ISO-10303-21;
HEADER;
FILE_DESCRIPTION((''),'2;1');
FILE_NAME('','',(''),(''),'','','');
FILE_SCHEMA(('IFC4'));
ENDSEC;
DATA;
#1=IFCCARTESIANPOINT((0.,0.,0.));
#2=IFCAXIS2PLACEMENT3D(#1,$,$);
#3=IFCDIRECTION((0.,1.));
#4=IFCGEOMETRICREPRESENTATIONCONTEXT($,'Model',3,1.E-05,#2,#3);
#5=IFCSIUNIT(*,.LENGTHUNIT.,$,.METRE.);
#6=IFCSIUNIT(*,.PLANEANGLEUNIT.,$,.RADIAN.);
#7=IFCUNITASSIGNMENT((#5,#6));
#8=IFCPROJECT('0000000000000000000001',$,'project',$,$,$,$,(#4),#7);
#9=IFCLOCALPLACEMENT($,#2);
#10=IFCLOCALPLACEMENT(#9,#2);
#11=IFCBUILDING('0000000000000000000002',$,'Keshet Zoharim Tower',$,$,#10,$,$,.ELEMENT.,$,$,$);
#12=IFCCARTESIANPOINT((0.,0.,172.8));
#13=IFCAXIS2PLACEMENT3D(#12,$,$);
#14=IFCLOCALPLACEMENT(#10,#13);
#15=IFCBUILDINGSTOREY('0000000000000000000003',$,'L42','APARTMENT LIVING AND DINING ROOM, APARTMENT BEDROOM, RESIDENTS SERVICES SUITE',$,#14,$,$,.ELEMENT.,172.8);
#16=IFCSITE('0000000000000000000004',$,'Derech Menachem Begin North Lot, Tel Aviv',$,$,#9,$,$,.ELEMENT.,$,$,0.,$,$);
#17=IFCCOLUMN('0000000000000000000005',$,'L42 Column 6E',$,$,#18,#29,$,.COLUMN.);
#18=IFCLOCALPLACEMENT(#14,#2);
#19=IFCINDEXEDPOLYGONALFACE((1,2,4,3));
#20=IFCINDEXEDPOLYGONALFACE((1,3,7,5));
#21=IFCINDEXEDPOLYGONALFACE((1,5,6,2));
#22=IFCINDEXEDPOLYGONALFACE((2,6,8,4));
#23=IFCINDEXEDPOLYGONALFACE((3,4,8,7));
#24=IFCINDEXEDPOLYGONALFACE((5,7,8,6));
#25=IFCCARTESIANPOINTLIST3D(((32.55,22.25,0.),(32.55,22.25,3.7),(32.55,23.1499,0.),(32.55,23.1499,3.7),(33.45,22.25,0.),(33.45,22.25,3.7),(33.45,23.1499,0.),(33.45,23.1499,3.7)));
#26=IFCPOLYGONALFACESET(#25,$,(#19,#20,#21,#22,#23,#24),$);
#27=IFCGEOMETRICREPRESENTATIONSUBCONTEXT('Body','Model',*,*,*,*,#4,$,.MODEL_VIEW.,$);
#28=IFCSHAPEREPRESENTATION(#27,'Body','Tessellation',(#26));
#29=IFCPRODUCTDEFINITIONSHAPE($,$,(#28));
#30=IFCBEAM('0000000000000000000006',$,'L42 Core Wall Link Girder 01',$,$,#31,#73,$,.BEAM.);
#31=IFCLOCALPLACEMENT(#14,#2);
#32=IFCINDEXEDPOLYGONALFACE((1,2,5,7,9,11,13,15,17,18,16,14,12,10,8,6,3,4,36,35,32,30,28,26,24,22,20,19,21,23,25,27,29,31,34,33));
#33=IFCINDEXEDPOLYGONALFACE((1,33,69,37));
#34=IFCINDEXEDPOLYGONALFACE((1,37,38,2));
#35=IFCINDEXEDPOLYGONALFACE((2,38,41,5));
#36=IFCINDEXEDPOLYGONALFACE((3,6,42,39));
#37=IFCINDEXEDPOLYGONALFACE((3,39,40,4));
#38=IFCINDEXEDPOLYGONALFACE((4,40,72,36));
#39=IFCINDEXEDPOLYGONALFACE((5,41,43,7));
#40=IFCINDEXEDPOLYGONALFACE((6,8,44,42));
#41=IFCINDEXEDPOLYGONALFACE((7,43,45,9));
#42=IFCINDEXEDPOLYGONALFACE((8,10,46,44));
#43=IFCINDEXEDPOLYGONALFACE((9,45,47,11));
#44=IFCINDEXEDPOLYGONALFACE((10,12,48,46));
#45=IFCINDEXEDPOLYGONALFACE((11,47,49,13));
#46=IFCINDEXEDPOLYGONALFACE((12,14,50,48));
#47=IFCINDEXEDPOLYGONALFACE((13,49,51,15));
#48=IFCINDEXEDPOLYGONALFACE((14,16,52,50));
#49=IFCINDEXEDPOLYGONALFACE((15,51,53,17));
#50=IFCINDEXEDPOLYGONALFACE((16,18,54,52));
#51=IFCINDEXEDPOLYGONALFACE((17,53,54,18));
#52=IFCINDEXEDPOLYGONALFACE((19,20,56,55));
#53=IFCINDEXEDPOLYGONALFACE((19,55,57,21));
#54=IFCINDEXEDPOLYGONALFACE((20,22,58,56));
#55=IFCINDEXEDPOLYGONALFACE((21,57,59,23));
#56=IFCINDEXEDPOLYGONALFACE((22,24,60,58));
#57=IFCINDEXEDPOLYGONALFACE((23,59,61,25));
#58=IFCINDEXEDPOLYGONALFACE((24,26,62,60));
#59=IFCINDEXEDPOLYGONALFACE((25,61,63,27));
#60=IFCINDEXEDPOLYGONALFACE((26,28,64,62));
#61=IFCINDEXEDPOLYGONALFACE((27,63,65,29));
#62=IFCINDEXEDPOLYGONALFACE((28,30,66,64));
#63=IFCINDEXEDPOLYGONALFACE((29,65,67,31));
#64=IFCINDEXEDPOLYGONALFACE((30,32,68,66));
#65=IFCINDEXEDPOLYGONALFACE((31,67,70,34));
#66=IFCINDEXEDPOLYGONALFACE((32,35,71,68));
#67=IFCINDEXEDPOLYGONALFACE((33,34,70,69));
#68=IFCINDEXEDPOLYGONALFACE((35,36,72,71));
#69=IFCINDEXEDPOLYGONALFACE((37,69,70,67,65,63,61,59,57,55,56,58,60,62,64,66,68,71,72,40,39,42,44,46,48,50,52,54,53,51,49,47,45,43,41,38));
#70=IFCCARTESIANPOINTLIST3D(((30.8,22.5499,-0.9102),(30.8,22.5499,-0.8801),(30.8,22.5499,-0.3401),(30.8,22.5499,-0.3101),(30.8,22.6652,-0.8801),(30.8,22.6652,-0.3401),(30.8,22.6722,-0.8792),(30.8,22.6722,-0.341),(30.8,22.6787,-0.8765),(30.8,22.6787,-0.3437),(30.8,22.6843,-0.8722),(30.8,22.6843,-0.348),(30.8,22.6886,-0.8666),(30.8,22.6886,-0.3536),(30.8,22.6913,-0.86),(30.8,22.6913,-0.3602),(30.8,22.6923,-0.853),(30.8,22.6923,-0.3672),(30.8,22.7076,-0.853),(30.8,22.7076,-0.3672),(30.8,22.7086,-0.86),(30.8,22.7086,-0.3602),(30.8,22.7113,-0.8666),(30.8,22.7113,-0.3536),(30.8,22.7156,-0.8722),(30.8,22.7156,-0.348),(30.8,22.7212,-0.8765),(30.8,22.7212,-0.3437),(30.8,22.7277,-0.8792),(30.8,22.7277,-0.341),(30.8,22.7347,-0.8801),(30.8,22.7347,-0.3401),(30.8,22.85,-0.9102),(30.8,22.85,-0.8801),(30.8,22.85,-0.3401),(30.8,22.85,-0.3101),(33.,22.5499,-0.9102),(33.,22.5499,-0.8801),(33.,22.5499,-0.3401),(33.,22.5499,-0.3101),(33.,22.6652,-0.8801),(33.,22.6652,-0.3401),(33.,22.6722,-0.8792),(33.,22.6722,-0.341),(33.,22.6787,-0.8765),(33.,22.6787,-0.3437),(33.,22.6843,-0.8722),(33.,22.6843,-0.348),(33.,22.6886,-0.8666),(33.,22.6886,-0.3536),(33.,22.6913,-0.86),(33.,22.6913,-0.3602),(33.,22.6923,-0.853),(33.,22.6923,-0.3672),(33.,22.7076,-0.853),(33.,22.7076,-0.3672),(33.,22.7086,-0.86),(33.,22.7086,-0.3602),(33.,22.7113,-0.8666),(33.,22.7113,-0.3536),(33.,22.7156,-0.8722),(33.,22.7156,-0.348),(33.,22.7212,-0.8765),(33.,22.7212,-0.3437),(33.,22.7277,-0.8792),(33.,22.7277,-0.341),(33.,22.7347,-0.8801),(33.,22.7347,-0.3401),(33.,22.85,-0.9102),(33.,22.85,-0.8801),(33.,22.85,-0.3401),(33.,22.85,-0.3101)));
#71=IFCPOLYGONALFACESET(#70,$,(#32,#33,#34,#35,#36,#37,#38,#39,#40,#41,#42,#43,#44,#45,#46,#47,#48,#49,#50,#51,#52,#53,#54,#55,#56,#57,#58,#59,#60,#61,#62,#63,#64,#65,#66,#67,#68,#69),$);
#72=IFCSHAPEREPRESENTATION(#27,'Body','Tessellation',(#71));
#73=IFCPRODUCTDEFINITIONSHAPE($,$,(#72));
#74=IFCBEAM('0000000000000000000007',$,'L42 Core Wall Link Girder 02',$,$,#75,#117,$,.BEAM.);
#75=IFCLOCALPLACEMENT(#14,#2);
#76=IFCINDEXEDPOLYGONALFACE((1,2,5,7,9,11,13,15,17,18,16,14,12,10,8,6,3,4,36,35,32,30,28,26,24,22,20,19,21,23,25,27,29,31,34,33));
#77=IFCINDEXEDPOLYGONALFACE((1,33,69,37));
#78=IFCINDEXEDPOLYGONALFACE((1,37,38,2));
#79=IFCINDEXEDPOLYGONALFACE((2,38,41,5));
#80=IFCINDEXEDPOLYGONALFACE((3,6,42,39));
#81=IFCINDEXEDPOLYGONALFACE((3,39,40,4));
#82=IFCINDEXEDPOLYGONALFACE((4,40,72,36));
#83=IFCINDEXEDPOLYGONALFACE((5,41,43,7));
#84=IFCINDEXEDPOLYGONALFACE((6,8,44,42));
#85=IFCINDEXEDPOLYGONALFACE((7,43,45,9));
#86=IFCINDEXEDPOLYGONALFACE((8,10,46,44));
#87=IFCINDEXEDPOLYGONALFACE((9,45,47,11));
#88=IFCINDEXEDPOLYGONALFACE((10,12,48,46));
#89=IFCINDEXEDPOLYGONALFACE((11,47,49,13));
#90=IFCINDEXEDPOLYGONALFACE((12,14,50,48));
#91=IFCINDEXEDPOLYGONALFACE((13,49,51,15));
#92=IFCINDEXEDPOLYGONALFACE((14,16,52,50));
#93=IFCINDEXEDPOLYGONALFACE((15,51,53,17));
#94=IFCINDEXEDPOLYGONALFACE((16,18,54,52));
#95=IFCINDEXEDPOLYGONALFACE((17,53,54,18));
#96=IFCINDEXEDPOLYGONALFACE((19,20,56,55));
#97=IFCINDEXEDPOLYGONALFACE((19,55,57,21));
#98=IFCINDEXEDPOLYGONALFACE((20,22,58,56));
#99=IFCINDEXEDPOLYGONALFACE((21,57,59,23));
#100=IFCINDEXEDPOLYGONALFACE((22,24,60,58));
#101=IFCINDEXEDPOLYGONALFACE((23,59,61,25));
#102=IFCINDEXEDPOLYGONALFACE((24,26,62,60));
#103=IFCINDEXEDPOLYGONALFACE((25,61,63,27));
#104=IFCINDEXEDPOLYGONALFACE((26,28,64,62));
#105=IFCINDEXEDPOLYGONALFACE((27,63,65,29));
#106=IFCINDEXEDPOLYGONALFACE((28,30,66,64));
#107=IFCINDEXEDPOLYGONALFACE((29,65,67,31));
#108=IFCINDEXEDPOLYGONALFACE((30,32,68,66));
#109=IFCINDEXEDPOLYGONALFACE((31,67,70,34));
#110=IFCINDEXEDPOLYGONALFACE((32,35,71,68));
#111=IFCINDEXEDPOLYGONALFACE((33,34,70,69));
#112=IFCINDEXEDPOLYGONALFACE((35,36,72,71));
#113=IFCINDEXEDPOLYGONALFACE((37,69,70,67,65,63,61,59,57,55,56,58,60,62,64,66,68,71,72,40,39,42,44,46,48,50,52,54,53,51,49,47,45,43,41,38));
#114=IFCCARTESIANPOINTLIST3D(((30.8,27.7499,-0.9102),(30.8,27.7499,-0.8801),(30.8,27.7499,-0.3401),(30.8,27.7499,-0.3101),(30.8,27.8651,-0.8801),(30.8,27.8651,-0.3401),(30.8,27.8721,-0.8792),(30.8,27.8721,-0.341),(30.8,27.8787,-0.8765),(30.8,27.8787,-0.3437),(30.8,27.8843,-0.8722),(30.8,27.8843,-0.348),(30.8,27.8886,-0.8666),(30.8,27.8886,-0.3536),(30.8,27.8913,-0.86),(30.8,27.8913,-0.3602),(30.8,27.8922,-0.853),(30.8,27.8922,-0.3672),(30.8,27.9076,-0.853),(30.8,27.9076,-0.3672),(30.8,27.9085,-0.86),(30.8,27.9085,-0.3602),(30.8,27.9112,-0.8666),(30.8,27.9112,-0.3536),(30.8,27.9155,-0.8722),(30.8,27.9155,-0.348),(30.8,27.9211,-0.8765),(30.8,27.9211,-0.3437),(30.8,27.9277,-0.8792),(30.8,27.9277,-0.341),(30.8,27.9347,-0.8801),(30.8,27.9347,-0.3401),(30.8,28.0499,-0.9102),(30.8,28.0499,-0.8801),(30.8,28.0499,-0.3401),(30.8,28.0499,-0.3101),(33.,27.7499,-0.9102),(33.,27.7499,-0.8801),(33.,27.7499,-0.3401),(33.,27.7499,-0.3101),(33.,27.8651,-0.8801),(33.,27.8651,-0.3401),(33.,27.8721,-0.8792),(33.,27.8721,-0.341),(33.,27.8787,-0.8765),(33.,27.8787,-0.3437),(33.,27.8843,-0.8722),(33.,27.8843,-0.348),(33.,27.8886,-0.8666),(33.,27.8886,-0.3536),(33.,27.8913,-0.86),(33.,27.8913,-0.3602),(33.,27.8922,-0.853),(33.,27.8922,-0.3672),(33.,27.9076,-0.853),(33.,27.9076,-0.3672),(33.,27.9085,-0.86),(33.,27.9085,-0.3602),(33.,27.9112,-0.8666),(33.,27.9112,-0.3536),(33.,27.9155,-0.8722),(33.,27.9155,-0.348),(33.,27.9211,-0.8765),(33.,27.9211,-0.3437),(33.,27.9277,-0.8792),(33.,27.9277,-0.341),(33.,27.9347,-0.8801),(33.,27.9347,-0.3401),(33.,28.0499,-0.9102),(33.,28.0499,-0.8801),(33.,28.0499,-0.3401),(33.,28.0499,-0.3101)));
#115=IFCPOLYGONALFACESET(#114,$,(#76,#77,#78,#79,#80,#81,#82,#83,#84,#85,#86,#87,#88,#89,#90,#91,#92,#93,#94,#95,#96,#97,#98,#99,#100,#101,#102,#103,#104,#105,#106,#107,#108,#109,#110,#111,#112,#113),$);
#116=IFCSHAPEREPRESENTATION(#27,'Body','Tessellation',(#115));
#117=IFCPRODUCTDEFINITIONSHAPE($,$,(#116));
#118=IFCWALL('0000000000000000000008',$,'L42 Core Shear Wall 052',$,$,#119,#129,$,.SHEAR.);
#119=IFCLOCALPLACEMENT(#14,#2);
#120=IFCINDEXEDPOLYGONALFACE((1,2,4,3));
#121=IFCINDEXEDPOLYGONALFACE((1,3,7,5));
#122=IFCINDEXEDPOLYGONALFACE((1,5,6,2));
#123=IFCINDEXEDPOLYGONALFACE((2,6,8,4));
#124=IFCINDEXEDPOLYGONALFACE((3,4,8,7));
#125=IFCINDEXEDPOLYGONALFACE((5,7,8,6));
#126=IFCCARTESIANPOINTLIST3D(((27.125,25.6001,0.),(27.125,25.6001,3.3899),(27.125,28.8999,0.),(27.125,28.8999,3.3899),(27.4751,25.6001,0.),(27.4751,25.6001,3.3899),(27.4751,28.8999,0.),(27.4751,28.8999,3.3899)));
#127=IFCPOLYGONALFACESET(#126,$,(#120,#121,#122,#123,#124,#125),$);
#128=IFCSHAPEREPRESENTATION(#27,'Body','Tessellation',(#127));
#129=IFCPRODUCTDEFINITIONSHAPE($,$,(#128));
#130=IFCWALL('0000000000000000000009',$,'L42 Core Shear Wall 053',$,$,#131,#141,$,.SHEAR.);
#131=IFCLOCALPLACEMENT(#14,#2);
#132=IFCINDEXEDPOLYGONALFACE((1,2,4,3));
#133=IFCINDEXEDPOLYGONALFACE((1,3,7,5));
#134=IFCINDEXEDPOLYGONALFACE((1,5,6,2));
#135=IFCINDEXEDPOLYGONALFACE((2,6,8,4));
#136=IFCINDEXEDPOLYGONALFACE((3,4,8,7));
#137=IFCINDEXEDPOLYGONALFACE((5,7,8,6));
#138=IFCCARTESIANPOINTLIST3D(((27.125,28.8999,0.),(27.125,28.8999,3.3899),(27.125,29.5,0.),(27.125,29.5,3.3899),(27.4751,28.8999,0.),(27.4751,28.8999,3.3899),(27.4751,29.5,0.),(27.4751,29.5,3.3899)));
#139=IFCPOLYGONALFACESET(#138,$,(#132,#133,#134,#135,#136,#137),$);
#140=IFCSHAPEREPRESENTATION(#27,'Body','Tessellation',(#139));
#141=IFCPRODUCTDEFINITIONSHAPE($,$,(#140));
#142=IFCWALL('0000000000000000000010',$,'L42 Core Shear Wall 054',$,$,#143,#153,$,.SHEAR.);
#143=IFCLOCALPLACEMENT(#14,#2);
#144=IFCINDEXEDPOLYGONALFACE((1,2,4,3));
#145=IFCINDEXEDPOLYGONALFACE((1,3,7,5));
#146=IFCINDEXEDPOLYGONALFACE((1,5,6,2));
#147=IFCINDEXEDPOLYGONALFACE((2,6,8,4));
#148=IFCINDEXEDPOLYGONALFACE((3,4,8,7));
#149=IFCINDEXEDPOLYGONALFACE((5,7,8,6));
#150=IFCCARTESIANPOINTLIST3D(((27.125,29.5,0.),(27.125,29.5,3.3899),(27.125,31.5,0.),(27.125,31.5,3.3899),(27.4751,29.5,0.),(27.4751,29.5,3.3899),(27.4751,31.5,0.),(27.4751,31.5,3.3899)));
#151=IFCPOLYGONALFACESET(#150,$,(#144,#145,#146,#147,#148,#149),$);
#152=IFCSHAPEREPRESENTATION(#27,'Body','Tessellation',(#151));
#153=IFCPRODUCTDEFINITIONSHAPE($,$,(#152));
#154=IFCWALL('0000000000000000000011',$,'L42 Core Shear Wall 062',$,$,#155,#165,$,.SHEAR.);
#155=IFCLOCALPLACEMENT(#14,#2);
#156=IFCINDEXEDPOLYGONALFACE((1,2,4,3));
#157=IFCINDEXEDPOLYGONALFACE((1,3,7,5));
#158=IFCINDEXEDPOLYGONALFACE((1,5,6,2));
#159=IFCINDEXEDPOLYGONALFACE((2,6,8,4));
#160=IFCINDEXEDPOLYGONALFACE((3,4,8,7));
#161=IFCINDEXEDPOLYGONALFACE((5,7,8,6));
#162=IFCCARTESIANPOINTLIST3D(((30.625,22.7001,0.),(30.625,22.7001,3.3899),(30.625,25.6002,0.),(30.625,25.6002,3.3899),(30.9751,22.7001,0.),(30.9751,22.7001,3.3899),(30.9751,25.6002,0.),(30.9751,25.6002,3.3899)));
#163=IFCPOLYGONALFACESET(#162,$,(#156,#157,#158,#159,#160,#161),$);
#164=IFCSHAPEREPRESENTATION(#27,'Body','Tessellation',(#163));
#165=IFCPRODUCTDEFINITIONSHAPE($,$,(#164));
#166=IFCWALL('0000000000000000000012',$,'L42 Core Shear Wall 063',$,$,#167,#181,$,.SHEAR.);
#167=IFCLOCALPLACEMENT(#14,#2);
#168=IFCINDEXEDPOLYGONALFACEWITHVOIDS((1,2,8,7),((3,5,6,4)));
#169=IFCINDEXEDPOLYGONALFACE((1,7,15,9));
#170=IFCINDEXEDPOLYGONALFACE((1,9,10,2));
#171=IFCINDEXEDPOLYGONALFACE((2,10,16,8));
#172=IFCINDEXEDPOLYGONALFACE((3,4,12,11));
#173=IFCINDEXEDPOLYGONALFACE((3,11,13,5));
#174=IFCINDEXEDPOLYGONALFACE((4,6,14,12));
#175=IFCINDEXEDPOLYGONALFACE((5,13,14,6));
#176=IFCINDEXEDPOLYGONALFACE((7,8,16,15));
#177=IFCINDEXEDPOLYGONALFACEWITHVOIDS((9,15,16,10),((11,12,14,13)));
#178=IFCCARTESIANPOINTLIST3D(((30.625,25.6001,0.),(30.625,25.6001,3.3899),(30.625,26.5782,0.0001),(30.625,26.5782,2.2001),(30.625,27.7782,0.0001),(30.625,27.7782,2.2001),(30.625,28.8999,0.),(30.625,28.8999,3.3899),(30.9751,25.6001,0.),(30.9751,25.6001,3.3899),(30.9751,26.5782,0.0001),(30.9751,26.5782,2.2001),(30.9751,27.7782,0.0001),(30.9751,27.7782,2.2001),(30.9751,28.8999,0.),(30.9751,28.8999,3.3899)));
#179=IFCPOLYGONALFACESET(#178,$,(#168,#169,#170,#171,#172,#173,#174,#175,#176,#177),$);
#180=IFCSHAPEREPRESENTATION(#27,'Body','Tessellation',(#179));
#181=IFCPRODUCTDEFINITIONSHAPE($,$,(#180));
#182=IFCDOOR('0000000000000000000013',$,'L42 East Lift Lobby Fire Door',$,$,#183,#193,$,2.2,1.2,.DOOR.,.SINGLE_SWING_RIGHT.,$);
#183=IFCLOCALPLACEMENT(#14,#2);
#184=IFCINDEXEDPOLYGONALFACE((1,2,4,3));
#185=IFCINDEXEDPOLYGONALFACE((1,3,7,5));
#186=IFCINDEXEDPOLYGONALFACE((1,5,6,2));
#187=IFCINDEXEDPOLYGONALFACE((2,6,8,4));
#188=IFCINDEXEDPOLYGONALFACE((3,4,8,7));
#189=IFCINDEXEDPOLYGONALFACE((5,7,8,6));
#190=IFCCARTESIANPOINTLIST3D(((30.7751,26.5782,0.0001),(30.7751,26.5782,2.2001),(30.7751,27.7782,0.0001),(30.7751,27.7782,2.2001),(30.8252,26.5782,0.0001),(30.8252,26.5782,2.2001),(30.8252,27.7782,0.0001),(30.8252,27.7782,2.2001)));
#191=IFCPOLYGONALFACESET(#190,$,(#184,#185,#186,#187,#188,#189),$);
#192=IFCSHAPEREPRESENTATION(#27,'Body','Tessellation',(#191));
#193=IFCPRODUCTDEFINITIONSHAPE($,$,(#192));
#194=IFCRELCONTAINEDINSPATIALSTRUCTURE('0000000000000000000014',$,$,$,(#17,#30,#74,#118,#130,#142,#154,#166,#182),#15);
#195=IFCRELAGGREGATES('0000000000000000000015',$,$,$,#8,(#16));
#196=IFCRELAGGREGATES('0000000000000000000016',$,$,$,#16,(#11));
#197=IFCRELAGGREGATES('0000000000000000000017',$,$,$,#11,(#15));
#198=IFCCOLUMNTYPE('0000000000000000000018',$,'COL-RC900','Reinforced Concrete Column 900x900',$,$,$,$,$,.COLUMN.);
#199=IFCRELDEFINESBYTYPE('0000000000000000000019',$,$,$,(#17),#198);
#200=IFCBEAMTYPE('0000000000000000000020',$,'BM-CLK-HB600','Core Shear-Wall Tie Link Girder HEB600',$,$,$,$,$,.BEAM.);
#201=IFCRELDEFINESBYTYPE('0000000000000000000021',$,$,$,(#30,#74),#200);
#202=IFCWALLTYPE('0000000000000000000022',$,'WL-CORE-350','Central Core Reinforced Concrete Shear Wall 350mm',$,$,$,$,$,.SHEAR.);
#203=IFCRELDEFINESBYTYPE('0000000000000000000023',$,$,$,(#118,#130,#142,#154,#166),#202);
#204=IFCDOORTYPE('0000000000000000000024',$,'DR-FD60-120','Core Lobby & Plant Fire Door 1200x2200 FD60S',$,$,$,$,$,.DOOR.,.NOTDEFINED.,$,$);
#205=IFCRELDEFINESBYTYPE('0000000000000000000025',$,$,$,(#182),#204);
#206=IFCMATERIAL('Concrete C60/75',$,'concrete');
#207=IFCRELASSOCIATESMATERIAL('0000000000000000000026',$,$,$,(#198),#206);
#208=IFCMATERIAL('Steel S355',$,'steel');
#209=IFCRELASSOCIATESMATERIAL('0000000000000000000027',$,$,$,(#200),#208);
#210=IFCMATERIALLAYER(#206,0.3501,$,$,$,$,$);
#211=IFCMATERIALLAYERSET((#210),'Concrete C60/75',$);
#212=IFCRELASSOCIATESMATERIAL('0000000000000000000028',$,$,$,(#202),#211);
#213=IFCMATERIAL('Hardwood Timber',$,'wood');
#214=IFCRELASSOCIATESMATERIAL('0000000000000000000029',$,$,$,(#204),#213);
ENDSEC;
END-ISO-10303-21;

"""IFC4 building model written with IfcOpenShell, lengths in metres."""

from ifc_helpers import new_model, si_unit, direction, frame, frame_2d, origin, origin_2d, place, context, subcontext, project, spatial, rectangle, i_section, extrude, material, layer, layer_set, material_profile, profile_set, type_object, element, fill, save


model = new_model("IFC4")

# Units and contexts
model_context = context("Model", 3, precision=1e-05, world=origin(), true_north=direction((0.0, 1.0)))
body_context = subcontext(model_context, "Body", "Model", "MODEL_VIEW")
ifc_project = project(units=[si_unit("LENGTHUNIT", "METRE"), si_unit("PLANEANGLEUNIT", "RADIAN")], contexts=[model_context])

# Site, building, storey
site_placement = place(None, origin())
site = spatial("IfcSite", under=ifc_project, at=site_placement, Name="Derech Menachem Begin North Lot, Tel Aviv", CompositionType="ELEMENT", RefElevation=0.0)
building_placement = place(site_placement, origin())
building = spatial("IfcBuilding", under=site, at=building_placement, Name="Keshet Zoharim Tower", CompositionType="ELEMENT")
storey_placement = place(building_placement, frame((0.0, 0.0, 172.8)))
storey = spatial("IfcBuildingStorey", under=building, at=storey_placement, Name="L42", Description="APARTMENT LIVING AND DINING ROOM, APARTMENT BEDROOM, RESIDENTS SERVICES SUITE", CompositionType="ELEMENT", Elevation=172.8)

# Column
ifc_material_1 = material(Name="Concrete C60/75", Category="concrete")
ifc_material_profile_1 = material_profile(ifc_material_1, rectangle(XDim=0.8999, YDim=0.8999, at=origin_2d()), Name="RC900x900")
ifc_profile_set_1 = profile_set([ifc_material_profile_1], Name="Concrete C60/75")
column_type = type_object("IfcColumnType", Name="COL-RC900", Description="Reinforced Concrete Column 900x900", PredefinedType="COLUMN", material=ifc_profile_set_1)
column_placement = place(storey_placement, frame((33.0, 22.7, 0.0), z_axis=(0.0, 0.0, 1.0), x_axis=(1.0, 0.0, 0.0)))
element("IfcColumn", 1, at=column_placement, inside=storey, type_object=column_type, Name="L42 Column 6E", PredefinedType="COLUMN", context=body_context, shape_type="SweptSolid", body=[
    extrude(rectangle(XDim=0.8999, YDim=0.8999, at=origin_2d()), origin(), (0.0, 0.0, 1.0), 3.7),
])

# Beams
ifc_material_2 = material(Name="Steel S355", Category="steel")
ifc_material_profile_2 = material_profile(ifc_material_2, i_section(OverallWidth=0.3, OverallDepth=0.6001, WebThickness=0.0154, FlangeThickness=0.03, FilletRadius=0.0271, at=origin_2d()), Name="HEB600")
ifc_profile_set_2 = profile_set([ifc_material_profile_2], Name="Steel S355")
beam_type = type_object("IfcBeamType", Name="BM-CLK-HB600", Description="Core Shear-Wall Tie Link Girder HEB600", PredefinedType="BEAM", material=ifc_profile_set_2)
for number, where, z_axis, x_axis, name in (
    (2, (30.8, 22.7, -0.6101), (1.0, 0.0, 0.0), (0.0, 1.0, 0.0), "L42 Core Wall Link Girder 01"),
    (3, (30.8, 27.8999, -0.6101), (1.0, 0.0, 0.0), (0.0, 1.0, 0.0), "L42 Core Wall Link Girder 02"),
):
    element("IfcBeam", number, at=place(storey_placement, frame(where, z_axis=z_axis, x_axis=x_axis)), inside=storey, type_object=beam_type, Name=name, PredefinedType="BEAM", context=body_context, shape_type="SweptSolid", body=[
        extrude(i_section(OverallWidth=0.3, OverallDepth=0.6001, WebThickness=0.0154, FlangeThickness=0.03, FilletRadius=0.0271, at=origin_2d()), origin(), (0.0, 0.0, 1.0), 2.2),
    ])

# Walls
ifc_layer_1 = layer(ifc_material_1, 0.3501)
ifc_layer_set_1 = layer_set([ifc_layer_1], Name="Concrete C60/75")
wall_type_1 = type_object("IfcWallType", Name="WL-CORE-350", Description="Central Core Reinforced Concrete Shear Wall 350mm", PredefinedType="SHEAR", material=ifc_layer_set_1)
wall_1_placement = place(storey_placement, frame((27.3, 25.6001, 0.0), z_axis=(0.0, 0.0, 1.0), x_axis=(0.0, 1.0, 0.0)))
element("IfcWall", 4, at=wall_1_placement, inside=storey, type_object=wall_type_1, Name="L42 Core Shear Wall 052", PredefinedType="SHEAR", context=body_context, shape_type="SweptSolid", body=[
    extrude(rectangle(XDim=3.2998, YDim=0.3501, at=frame_2d((1.6499, 0.0))), origin(), (0.0, 0.0, 1.0), 3.3899),
])
wall_2_placement = place(storey_placement, frame((27.3, 28.8999, 0.0), z_axis=(0.0, 0.0, 1.0), x_axis=(0.0, 1.0, 0.0)))
element("IfcWall", 5, at=wall_2_placement, inside=storey, type_object=wall_type_1, Name="L42 Core Shear Wall 053", PredefinedType="SHEAR", context=body_context, shape_type="SweptSolid", body=[
    extrude(rectangle(XDim=0.6001, YDim=0.3501, at=frame_2d((0.3, 0.0))), origin(), (0.0, 0.0, 1.0), 3.3899),
])
wall_3_placement = place(storey_placement, frame((27.3, 29.5, 0.0), z_axis=(0.0, 0.0, 1.0), x_axis=(0.0, 1.0, 0.0)))
element("IfcWall", 6, at=wall_3_placement, inside=storey, type_object=wall_type_1, Name="L42 Core Shear Wall 054", PredefinedType="SHEAR", context=body_context, shape_type="SweptSolid", body=[
    extrude(rectangle(XDim=2.0, YDim=0.3501, at=frame_2d((1.0, 0.0))), origin(), (0.0, 0.0, 1.0), 3.3899),
])
wall_4_placement = place(storey_placement, frame((30.8, 22.7, 0.0), z_axis=(0.0, 0.0, 1.0), x_axis=(0.0, 1.0, 0.0)))
element("IfcWall", 7, at=wall_4_placement, inside=storey, type_object=wall_type_1, Name="L42 Core Shear Wall 062", PredefinedType="SHEAR", context=body_context, shape_type="SweptSolid", body=[
    extrude(rectangle(XDim=2.9001, YDim=0.3501, at=frame_2d((1.4502, 0.0))), origin(), (0.0, 0.0, 1.0), 3.3899),
])

# Wall, opening, door
wall_5_placement = place(storey_placement, frame((30.8, 25.6001, 0.0), z_axis=(0.0, 0.0, 1.0), x_axis=(0.0, 1.0, 0.0)))
wall_5 = element("IfcWall", 8, at=wall_5_placement, inside=storey, type_object=wall_type_1, Name="L42 Core Shear Wall 063", PredefinedType="SHEAR", context=body_context, shape_type="SweptSolid", body=[
    extrude(rectangle(XDim=3.2998, YDim=0.3501, at=frame_2d((1.6499, 0.0))), origin(), (0.0, 0.0, 1.0), 3.3899),
])
opening_1_placement = place(wall_5_placement, frame((0.978, 0.0, 0.0)))
opening_1 = element("IfcOpeningElement", 9, at=opening_1_placement, cuts=wall_5, PredefinedType="OPENING", context=body_context, shape_type="SweptSolid", body=[
    extrude(rectangle(XDim=1.2, YDim=2.2, at=frame_2d((0.6001, 1.1001))), frame((0.0, 0.1851, 0.0), z_axis=(0.0, -1.0, 0.0), x_axis=(1.0, 0.0, 0.0)), (0.0, 0.0, 1.0), 0.3701),
])
ifc_material_3 = material(Name="Hardwood Timber", Category="wood")
door_type_1 = type_object("IfcDoorType", Name="DR-FD60-120", Description="Core Lobby & Plant Fire Door 1200x2200 FD60S", OperationType="NOTDEFINED", PredefinedType="DOOR", material=ifc_material_3)
door_1_placement = place(opening_1_placement, origin())
door_1 = element("IfcDoor", 10, at=door_1_placement, inside=storey, type_object=door_type_1, Name="L42 East Lift Lobby Fire Door", OperationType="SINGLE_SWING_RIGHT", OverallHeight=2.2, OverallWidth=1.2, PredefinedType="DOOR", context=body_context, shape_type="SweptSolid", body=[
    extrude(rectangle(XDim=1.2, YDim=2.2, at=frame_2d((0.6001, 1.1001))), frame((0.0, 0.0249, 0.0), z_axis=(0.0, -1.0, 0.0), x_axis=(1.0, 0.0, 0.0)), (0.0, 0.0, 1.0), 0.05),
])
fill(opening_1, door_1)

save(model, "model.ifc")
